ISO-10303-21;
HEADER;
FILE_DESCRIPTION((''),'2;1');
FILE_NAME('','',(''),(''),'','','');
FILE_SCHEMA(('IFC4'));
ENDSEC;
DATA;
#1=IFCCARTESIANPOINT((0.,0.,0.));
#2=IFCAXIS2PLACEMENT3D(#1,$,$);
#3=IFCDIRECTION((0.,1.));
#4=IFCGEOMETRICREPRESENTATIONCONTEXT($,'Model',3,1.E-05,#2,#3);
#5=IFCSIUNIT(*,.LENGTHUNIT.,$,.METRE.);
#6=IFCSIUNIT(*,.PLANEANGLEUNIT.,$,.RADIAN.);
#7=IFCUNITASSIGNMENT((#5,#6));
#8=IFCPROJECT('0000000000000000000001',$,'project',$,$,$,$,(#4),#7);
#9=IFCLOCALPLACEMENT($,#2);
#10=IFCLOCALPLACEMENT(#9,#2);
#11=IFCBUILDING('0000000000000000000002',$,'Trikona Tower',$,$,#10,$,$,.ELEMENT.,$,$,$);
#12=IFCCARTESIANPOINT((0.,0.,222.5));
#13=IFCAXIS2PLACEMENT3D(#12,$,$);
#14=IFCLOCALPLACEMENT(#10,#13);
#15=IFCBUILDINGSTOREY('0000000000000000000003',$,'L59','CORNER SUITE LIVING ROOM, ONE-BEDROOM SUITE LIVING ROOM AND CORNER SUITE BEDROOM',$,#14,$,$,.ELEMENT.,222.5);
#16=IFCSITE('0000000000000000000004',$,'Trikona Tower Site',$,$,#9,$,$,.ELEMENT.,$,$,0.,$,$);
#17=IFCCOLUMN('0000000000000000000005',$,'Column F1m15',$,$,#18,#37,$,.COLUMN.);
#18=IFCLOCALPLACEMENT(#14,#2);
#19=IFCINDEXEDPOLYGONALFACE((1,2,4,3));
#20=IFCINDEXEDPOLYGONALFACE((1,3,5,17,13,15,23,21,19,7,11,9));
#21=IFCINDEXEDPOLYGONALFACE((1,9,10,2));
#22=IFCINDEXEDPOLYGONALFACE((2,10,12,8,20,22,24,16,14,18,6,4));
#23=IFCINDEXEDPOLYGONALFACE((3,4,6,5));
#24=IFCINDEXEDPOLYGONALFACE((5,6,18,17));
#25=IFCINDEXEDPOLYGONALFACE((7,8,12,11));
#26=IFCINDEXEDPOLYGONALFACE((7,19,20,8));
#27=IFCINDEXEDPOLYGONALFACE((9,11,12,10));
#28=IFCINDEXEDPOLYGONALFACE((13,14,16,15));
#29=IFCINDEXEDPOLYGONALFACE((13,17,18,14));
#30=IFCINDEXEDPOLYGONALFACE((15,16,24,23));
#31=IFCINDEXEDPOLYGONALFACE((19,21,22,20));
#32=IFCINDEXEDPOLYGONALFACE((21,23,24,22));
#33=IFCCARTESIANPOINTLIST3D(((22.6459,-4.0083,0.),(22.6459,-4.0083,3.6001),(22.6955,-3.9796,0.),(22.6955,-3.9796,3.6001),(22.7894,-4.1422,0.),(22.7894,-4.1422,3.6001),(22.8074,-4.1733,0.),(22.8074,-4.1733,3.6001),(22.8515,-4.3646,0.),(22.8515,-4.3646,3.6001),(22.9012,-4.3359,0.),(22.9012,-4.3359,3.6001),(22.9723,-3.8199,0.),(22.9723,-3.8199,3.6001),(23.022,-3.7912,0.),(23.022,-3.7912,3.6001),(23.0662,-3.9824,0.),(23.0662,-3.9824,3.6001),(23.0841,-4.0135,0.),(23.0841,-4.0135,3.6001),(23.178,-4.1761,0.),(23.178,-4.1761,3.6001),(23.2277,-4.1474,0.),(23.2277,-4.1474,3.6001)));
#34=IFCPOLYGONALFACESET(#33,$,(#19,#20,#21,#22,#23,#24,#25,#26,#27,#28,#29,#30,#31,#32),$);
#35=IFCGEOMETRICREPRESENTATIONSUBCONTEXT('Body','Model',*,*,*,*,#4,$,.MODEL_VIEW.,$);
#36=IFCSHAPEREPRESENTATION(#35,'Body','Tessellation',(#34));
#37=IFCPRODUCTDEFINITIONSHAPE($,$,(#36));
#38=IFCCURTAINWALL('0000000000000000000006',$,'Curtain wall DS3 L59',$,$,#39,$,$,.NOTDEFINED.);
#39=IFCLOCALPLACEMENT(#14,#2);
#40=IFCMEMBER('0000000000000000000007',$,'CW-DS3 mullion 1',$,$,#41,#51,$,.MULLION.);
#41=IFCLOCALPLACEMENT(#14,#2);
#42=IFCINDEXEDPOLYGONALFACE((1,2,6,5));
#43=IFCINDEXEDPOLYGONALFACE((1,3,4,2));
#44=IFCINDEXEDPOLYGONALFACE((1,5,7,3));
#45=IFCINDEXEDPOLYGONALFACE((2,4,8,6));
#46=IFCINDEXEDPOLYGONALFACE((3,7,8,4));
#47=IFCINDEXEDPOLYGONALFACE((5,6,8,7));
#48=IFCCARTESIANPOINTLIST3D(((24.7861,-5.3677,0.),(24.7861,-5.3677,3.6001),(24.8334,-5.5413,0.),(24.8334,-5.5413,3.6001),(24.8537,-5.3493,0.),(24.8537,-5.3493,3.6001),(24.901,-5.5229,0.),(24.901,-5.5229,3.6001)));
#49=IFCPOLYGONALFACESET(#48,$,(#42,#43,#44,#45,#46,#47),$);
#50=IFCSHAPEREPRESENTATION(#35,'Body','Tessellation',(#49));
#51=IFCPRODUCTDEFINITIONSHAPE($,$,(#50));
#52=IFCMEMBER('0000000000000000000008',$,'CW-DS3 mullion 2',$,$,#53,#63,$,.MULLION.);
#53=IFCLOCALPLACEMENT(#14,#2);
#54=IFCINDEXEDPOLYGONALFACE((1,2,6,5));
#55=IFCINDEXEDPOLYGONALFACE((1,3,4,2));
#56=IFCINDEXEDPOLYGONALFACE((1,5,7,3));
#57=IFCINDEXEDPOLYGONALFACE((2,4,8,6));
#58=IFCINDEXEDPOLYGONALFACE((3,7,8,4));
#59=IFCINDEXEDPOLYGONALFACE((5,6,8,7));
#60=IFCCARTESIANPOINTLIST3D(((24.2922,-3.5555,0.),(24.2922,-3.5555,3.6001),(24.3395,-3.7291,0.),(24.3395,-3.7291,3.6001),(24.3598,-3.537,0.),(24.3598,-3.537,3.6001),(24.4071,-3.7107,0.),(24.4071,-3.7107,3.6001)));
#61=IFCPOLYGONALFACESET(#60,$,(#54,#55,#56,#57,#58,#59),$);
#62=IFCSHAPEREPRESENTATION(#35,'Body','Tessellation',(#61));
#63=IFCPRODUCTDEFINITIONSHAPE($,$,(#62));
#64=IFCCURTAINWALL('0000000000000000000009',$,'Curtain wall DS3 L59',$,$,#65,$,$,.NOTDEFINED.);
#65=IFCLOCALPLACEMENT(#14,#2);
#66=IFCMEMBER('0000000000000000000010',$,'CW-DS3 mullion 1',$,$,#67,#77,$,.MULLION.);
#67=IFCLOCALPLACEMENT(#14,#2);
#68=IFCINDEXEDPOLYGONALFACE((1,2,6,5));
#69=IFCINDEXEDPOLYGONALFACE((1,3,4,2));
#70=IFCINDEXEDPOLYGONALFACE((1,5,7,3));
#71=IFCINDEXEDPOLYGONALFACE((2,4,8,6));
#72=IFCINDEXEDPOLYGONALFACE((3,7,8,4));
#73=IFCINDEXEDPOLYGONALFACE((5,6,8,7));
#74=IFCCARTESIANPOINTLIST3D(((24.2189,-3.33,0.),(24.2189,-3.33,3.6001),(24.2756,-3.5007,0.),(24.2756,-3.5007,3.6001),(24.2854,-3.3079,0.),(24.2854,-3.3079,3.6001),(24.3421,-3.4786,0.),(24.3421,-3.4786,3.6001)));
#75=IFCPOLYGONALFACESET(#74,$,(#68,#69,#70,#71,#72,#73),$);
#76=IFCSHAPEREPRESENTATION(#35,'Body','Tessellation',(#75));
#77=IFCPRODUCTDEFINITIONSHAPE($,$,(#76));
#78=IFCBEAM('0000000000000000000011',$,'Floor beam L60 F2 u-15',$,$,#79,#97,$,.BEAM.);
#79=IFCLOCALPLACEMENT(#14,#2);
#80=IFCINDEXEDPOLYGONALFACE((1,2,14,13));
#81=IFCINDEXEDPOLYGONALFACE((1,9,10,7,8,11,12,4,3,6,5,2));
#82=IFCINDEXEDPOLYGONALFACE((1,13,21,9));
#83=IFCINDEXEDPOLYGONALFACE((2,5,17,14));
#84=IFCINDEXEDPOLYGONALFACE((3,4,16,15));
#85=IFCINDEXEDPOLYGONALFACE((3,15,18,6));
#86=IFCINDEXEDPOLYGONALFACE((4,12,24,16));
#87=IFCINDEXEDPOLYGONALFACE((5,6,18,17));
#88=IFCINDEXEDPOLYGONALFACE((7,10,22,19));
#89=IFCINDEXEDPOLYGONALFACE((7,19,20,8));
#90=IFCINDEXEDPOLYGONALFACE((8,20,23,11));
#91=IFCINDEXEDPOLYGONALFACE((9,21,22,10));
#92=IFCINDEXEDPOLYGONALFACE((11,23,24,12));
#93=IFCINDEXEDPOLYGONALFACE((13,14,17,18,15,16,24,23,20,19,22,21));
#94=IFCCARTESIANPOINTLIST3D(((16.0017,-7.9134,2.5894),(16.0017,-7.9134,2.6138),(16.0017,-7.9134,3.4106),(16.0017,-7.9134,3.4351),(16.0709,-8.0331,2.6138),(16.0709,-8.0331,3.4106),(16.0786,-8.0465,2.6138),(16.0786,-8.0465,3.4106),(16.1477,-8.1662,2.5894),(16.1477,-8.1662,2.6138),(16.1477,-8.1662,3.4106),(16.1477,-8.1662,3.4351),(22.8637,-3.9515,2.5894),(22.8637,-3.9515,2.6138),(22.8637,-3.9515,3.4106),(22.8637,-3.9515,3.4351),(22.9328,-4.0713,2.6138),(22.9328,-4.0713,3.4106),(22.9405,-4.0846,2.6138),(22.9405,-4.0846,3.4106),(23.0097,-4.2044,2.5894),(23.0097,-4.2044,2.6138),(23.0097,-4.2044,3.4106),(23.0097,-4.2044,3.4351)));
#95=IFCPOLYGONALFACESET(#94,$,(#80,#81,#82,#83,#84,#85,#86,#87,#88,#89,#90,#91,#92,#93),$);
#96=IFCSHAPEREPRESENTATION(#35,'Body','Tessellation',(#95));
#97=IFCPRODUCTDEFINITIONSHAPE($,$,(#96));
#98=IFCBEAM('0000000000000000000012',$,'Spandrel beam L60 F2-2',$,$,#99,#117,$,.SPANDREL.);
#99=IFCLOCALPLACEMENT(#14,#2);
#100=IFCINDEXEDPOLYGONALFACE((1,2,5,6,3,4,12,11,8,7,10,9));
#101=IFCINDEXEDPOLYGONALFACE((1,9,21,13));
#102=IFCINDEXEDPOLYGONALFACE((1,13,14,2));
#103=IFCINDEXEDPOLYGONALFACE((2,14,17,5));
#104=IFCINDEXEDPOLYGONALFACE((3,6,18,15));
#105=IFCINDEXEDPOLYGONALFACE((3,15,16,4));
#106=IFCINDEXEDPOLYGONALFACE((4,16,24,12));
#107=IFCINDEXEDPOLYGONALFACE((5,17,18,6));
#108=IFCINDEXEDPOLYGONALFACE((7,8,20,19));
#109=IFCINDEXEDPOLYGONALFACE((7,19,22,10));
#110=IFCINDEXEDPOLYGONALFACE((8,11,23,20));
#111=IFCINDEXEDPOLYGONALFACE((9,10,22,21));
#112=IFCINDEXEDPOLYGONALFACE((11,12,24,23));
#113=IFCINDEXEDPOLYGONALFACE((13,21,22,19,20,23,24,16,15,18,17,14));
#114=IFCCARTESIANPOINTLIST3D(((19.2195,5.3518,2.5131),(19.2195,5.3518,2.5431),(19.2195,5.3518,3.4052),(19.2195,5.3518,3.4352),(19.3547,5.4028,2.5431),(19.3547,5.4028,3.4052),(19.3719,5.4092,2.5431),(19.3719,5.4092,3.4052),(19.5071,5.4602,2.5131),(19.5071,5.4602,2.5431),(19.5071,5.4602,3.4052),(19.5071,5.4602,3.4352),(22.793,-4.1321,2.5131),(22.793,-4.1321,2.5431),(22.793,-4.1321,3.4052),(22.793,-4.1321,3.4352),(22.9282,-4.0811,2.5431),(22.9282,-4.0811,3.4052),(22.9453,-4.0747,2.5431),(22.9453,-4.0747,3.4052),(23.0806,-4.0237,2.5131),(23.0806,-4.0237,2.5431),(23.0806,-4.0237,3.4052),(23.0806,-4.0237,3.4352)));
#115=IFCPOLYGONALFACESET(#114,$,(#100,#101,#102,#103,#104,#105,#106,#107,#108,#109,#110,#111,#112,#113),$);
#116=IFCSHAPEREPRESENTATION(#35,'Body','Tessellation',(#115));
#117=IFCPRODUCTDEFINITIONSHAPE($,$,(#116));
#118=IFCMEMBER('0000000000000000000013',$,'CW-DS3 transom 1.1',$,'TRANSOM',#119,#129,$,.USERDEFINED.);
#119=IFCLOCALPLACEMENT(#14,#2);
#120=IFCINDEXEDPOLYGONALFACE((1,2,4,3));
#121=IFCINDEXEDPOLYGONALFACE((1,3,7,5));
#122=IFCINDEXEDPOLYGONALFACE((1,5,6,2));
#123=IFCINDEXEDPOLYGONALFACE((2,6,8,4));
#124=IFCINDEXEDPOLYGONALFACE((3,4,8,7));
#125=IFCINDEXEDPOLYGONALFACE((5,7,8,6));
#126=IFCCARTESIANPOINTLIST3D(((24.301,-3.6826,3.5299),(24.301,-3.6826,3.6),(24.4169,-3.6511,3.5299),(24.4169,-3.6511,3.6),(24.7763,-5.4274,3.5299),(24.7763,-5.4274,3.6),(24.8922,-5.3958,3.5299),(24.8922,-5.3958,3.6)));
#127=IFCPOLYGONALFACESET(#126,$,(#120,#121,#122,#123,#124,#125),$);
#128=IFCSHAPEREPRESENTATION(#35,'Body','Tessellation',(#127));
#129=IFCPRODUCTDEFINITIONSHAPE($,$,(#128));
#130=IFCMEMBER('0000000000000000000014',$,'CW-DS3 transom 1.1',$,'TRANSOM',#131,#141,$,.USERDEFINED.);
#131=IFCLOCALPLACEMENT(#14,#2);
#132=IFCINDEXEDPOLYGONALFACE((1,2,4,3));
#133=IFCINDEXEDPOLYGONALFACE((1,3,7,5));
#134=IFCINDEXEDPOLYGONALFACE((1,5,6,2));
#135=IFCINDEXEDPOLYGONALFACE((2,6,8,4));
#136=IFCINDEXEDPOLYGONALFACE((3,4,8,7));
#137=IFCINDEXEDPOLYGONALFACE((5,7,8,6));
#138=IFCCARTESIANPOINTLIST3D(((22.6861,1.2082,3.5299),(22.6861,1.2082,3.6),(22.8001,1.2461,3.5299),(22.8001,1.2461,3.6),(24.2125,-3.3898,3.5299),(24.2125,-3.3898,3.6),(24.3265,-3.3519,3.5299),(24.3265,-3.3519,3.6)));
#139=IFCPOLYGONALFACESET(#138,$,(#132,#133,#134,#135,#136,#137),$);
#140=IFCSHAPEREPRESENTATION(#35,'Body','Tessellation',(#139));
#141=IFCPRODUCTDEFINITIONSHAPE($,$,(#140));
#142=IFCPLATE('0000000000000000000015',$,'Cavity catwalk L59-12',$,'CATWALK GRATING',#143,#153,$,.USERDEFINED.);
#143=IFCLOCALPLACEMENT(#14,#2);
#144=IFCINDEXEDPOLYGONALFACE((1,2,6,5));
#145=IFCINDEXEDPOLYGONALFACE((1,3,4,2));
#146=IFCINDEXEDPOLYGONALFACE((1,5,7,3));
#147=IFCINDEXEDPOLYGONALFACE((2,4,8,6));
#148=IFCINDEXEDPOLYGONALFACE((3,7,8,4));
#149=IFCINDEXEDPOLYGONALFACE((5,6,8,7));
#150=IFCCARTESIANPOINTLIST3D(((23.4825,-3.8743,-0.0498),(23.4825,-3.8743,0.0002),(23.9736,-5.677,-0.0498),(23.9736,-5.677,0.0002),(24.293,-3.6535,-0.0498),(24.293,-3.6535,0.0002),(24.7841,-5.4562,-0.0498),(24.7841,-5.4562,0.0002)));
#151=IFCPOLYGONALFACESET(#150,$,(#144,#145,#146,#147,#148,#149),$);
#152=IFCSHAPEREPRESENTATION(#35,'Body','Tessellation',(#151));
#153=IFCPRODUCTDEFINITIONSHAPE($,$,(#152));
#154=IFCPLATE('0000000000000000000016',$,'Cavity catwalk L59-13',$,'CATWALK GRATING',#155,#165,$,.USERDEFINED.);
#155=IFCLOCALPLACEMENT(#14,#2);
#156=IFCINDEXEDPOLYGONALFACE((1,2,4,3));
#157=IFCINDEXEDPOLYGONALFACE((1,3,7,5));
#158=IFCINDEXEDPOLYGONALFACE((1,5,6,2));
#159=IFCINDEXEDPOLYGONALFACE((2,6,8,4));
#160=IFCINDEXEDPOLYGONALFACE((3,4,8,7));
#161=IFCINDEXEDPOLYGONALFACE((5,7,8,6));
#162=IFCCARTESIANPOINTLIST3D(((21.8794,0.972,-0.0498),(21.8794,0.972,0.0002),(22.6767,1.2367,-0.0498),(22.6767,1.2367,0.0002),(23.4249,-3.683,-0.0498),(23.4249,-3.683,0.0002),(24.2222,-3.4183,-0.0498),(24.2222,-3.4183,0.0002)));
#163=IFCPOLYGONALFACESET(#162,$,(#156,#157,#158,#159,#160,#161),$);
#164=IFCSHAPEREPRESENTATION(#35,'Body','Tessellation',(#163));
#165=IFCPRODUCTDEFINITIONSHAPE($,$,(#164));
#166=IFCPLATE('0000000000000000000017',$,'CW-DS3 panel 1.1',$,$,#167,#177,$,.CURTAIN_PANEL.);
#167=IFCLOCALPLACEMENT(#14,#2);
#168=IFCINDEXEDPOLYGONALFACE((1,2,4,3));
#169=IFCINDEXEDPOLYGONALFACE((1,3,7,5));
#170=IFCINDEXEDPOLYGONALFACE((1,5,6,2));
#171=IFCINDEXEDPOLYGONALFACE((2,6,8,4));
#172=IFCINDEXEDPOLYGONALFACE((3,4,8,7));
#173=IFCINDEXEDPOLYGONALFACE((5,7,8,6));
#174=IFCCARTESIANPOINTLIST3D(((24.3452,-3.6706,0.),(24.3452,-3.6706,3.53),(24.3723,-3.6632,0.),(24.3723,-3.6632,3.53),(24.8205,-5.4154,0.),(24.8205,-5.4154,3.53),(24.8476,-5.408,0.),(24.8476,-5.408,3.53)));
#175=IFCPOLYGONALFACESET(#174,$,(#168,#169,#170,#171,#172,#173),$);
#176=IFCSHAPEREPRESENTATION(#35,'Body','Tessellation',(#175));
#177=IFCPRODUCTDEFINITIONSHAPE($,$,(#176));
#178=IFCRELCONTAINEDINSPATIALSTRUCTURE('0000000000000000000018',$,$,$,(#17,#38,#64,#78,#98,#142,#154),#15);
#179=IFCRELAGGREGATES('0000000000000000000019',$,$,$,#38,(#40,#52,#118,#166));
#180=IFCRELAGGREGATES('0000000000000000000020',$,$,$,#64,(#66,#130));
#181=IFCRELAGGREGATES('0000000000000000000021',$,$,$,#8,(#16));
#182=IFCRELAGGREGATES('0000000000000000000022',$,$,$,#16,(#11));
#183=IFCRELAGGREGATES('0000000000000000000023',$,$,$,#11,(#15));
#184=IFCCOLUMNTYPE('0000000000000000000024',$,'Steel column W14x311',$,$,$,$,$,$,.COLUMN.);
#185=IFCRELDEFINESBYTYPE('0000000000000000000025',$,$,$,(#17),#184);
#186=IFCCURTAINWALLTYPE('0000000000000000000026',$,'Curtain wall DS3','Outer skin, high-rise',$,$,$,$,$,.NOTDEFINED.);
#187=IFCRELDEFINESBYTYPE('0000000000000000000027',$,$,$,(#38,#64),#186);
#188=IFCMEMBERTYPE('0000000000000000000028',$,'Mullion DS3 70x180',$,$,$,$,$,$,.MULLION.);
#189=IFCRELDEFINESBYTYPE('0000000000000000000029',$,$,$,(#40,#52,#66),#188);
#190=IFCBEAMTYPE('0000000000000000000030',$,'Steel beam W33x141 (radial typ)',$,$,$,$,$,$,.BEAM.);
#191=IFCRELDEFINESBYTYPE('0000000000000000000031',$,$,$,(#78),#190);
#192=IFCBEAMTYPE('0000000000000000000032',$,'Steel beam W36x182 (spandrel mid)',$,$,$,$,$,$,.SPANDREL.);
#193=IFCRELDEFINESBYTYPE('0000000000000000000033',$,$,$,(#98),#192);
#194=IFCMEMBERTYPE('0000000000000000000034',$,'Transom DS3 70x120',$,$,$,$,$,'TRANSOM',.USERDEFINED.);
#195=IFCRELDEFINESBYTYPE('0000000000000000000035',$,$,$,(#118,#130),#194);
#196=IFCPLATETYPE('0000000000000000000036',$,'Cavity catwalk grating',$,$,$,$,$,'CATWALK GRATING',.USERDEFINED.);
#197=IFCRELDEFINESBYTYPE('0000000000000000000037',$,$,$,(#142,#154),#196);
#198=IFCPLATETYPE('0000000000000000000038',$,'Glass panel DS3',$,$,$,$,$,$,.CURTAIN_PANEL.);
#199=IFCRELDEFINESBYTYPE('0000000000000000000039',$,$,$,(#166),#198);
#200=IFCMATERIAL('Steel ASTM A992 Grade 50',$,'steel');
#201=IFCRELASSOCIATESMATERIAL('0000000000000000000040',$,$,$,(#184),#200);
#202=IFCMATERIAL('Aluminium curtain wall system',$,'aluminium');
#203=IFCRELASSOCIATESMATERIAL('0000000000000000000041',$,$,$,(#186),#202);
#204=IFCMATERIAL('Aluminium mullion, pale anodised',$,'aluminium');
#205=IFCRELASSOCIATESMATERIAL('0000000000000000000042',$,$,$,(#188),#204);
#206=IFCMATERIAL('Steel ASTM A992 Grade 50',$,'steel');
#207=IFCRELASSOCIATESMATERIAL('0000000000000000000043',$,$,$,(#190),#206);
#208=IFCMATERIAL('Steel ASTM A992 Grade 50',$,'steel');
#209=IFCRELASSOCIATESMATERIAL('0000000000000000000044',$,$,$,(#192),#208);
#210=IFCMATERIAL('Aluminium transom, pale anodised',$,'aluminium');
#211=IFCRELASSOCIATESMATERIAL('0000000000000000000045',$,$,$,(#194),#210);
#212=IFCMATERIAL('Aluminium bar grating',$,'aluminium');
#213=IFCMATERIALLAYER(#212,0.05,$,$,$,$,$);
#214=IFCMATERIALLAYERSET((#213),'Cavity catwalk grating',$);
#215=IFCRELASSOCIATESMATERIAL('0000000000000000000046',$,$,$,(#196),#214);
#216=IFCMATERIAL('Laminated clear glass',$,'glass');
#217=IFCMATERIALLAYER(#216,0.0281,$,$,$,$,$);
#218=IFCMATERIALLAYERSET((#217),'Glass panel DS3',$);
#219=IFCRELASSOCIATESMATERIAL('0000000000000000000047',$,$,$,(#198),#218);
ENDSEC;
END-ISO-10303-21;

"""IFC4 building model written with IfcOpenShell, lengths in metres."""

from ifc_helpers import new_model, si_unit, direction, frame, origin, origin_2d, place, context, subcontext, project, spatial, rectangle, i_section, extrude, material, layer, layer_set, material_profile, profile_set, type_object, element, aggregate, save


model = new_model("IFC4")

# Units and contexts
model_context = context("Model", 3, precision=1e-05, world=origin(), true_north=direction((0.0, 1.0)))
body_context = subcontext(model_context, "Body", "Model", "MODEL_VIEW")
ifc_project = project(units=[si_unit("LENGTHUNIT", "METRE"), si_unit("PLANEANGLEUNIT", "RADIAN")], contexts=[model_context])

# Site, building, storey
site_placement = place(None, origin())
site = spatial("IfcSite", under=ifc_project, at=site_placement, Name="Trikona Tower Site", CompositionType="ELEMENT", RefElevation=0.0)
building_placement = place(site_placement, origin())
building = spatial("IfcBuilding", under=site, at=building_placement, Name="Trikona Tower", CompositionType="ELEMENT")
storey_placement = place(building_placement, frame((0.0, 0.0, 222.5)))
storey = spatial("IfcBuildingStorey", under=building, at=storey_placement, Name="L59", Description="CORNER SUITE LIVING ROOM, ONE-BEDROOM SUITE LIVING ROOM AND CORNER SUITE BEDROOM", CompositionType="ELEMENT", Elevation=222.5)

# Column
ifc_material_1 = material(Name="Steel ASTM A992 Grade 50", Category="steel")
ifc_material_profile_1 = material_profile(ifc_material_1, i_section(OverallWidth=0.4114, OverallDepth=0.4343, WebThickness=0.0359, FlangeThickness=0.0574, at=origin_2d()), Name="W14X311")
ifc_profile_set_1 = profile_set([ifc_material_profile_1], Name="Steel ASTM A992 Grade 50")
column_type = type_object("IfcColumnType", Name="Steel column W14x311", PredefinedType="COLUMN", material=ifc_profile_set_1)
column_placement = place(storey_placement, frame((22.9368, -4.0779, 0.0), z_axis=(0.0, 0.0, 1.0), x_axis=(-0.5, 0.866025, 0.0)))
element("IfcColumn", 1, at=column_placement, inside=storey, type_object=column_type, Name="Column F1m15", PredefinedType="COLUMN", context=body_context, shape_type="SweptSolid", body=[
    extrude(i_section(OverallWidth=0.4114, OverallDepth=0.4343, WebThickness=0.0359, FlangeThickness=0.0574, at=origin_2d()), origin(), (0.0, 0.0, 1.0), 3.6001),
])

# Curtain wall, members
ifc_material_2 = material(Name="Aluminium curtain wall system", Category="aluminium")
curtain_wall_type = type_object("IfcCurtainWallType", Name="Curtain wall DS3", Description="Outer skin, high-rise", PredefinedType="NOTDEFINED", material=ifc_material_2)
curtain_wall_1_placement = place(storey_placement, origin())
curtain_wall_1 = element("IfcCurtainWall", 2, at=curtain_wall_1_placement, inside=storey, type_object=curtain_wall_type, Name="Curtain wall DS3 L59", PredefinedType="NOTDEFINED")
ifc_material_3 = material(Name="Aluminium mullion, pale anodised", Category="aluminium")
ifc_material_profile_2 = material_profile(ifc_material_3, rectangle(XDim=0.0701, YDim=0.1799, at=origin_2d()), Name="MUL-DS3")
ifc_profile_set_2 = profile_set([ifc_material_profile_2], Name="Aluminium mullion, pale anodised")
member_type_1 = type_object("IfcMemberType", Name="Mullion DS3 70x180", PredefinedType="MULLION", material=ifc_profile_set_2)
member_1_placement = place(storey_placement, frame((24.8435, -5.4453, 0.0), z_axis=(0.0, 0.0, 1.0), x_axis=(-0.964838, -0.262844, 0.0)))
member_1 = element("IfcMember", 3, at=member_1_placement, type_object=member_type_1, Name="CW-DS3 mullion 1", PredefinedType="MULLION", context=body_context, shape_type="SweptSolid", body=[
    extrude(rectangle(XDim=0.0701, YDim=0.1799, at=origin_2d()), origin(), (0.0, 0.0, 1.0), 3.6001),
])
member_2_placement = place(storey_placement, frame((24.3496, -3.6331, 0.0), z_axis=(0.0, 0.0, 1.0), x_axis=(-0.964838, -0.262844, 0.0)))
member_2 = element("IfcMember", 4, at=member_2_placement, type_object=member_type_1, Name="CW-DS3 mullion 2", PredefinedType="MULLION", context=body_context, shape_type="SweptSolid", body=[
    extrude(rectangle(XDim=0.0701, YDim=0.1799, at=origin_2d()), origin(), (0.0, 0.0, 1.0), 3.6001),
])

# Curtain wall, member
curtain_wall_2_placement = place(storey_placement, origin())
curtain_wall_2 = element("IfcCurtainWall", 5, at=curtain_wall_2_placement, inside=storey, type_object=curtain_wall_type, Name="Curtain wall DS3 L59", PredefinedType="NOTDEFINED")
member_3_placement = place(storey_placement, frame((24.2805, -3.4043, 0.0), z_axis=(0.0, 0.0, 1.0), x_axis=(-0.949066, -0.315078, 0.0)))
member_3 = element("IfcMember", 6, at=member_3_placement, type_object=member_type_1, Name="CW-DS3 mullion 1", PredefinedType="MULLION", context=body_context, shape_type="SweptSolid", body=[
    extrude(rectangle(XDim=0.0701, YDim=0.1799, at=origin_2d()), origin(), (0.0, 0.0, 1.0), 3.6001),
])

# Beams
ifc_material_4 = material(Name="Steel ASTM A992 Grade 50", Category="steel")
ifc_material_profile_3 = material_profile(ifc_material_4, i_section(OverallWidth=0.292, OverallDepth=0.8457, WebThickness=0.0154, FlangeThickness=0.0244, at=origin_2d()), Name="W33X141")
ifc_profile_set_3 = profile_set([ifc_material_profile_3], Name="Steel ASTM A992 Grade 50")
beam_type_1 = type_object("IfcBeamType", Name="Steel beam W33x141 (radial typ)", PredefinedType="BEAM", material=ifc_profile_set_3)
beam_1_placement = place(storey_placement, frame((16.0747, -8.0398, 3.0122), z_axis=(0.86602, 0.50001, 0.0), x_axis=(-0.50001, 0.86602, 0.0)))
element("IfcBeam", 7, at=beam_1_placement, inside=storey, type_object=beam_type_1, Name="Floor beam L60 F2 u-15", PredefinedType="BEAM", context=body_context, shape_type="SweptSolid", body=[
    extrude(i_section(OverallWidth=0.292, OverallDepth=0.8457, WebThickness=0.0154, FlangeThickness=0.0244, at=origin_2d()), origin(), (0.0, 0.0, 1.0), 7.9236),
])
ifc_material_5 = material(Name="Steel ASTM A992 Grade 50", Category="steel")
ifc_material_profile_4 = material_profile(ifc_material_5, i_section(OverallWidth=0.3074, OverallDepth=0.9221, WebThickness=0.0183, FlangeThickness=0.03, at=origin_2d()), Name="W36X182")
ifc_profile_set_4 = profile_set([ifc_material_profile_4], Name="Steel ASTM A992 Grade 50")
beam_type_2 = type_object("IfcBeamType", Name="Steel beam W36x182 (spandrel mid)", PredefinedType="SPANDREL", material=ifc_profile_set_4)
beam_2_placement = place(storey_placement, frame((22.9368, -4.0779, 2.9741), z_axis=(-0.352596, 0.935776, 0.0), x_axis=(-0.935776, -0.352596, 0.0)))
element("IfcBeam", 8, at=beam_2_placement, inside=storey, type_object=beam_type_2, Name="Spandrel beam L60 F2-2", PredefinedType="SPANDREL", context=body_context, shape_type="SweptSolid", body=[
    extrude(i_section(OverallWidth=0.3074, OverallDepth=0.9221, WebThickness=0.0183, FlangeThickness=0.03, at=origin_2d()), origin(), (0.0, 0.0, 1.0), 10.1348),
])

# Members
ifc_material_6 = material(Name="Aluminium transom, pale anodised", Category="aluminium")
ifc_material_profile_5 = material_profile(ifc_material_6, rectangle(XDim=0.1201, YDim=0.0701, at=origin_2d()), Name="TRN-DS3")
ifc_profile_set_5 = profile_set([ifc_material_profile_5], Name="Aluminium transom, pale anodised")
member_type_2 = type_object("IfcMemberType", Name="Transom DS3 70x120", ElementType="TRANSOM", PredefinedType="USERDEFINED", material=ifc_profile_set_5)
member_4_placement = place(storey_placement, frame((24.8342, -5.4116, 3.5649), z_axis=(-0.262843, 0.964839, 0.0), x_axis=(-0.964839, -0.262843, 0.0)))
member_4 = element("IfcMember", 9, at=member_4_placement, type_object=member_type_2, Name="CW-DS3 transom 1.1", ObjectType="TRANSOM", PredefinedType="USERDEFINED", context=body_context, shape_type="SweptSolid", body=[
    extrude(rectangle(XDim=0.1201, YDim=0.0701, at=origin_2d()), origin(), (0.0, 0.0, 1.0), 1.8083),
])
member_5_placement = place(storey_placement, frame((24.2695, -3.3708, 3.5649), z_axis=(-0.315063, 0.949071, 0.0), x_axis=(-0.949071, -0.315063, 0.0)))
member_5 = element("IfcMember", 10, at=member_5_placement, type_object=member_type_2, Name="CW-DS3 transom 1.1", ObjectType="TRANSOM", PredefinedType="USERDEFINED", context=body_context, shape_type="SweptSolid", body=[
    extrude(rectangle(XDim=0.1201, YDim=0.0701, at=origin_2d()), origin(), (0.0, 0.0, 1.0), 4.8447),
])

# Plates
ifc_material_7 = material(Name="Aluminium bar grating", Category="aluminium")
ifc_layer_1 = layer(ifc_material_7, 0.05)
ifc_layer_set_1 = layer_set([ifc_layer_1], Name="Cavity catwalk grating")
plate_type_1 = type_object("IfcPlateType", Name="Cavity catwalk grating", ElementType="CATWALK GRATING", PredefinedType="USERDEFINED", material=ifc_layer_set_1)
plate_1_placement = place(storey_placement, frame((24.1333, -4.6653, -0.0498), z_axis=(0.0, 0.0, 1.0), x_axis=(-0.262822, 0.964844, 0.0)))
element("IfcPlate", 11, at=plate_1_placement, inside=storey, type_object=plate_type_1, Name="Cavity catwalk L59-12", ObjectType="CATWALK GRATING", PredefinedType="USERDEFINED", context=body_context, shape_type="SweptSolid", body=[
    extrude(rectangle(XDim=1.8684, YDim=0.8401, at=origin_2d()), origin(), (0.0, 0.0, 1.0), 0.05),
])
plate_2_placement = place(storey_placement, frame((23.0508, -1.2231, -0.0498), z_axis=(0.0, 0.0, 1.0), x_axis=(-0.315093, 0.949061, 0.0)))
element("IfcPlate", 12, at=plate_2_placement, inside=storey, type_object=plate_type_1, Name="Cavity catwalk L59-13", ObjectType="CATWALK GRATING", PredefinedType="USERDEFINED", context=body_context, shape_type="SweptSolid", body=[
    extrude(rectangle(XDim=4.9048, YDim=0.8401, at=origin_2d()), origin(), (0.0, 0.0, 1.0), 0.05),
])

# Plate
ifc_material_8 = material(Name="Laminated clear glass", Category="glass")
ifc_layer_2 = layer(ifc_material_8, 0.0281)
ifc_layer_set_2 = layer_set([ifc_layer_2], Name="Glass panel DS3")
plate_type_2 = type_object("IfcPlateType", Name="Glass panel DS3", PredefinedType="CURTAIN_PANEL", material=ifc_layer_set_2)
plate_3_placement = place(storey_placement, frame((24.5964, -4.5393, 0.0), z_axis=(0.0, 0.0, 1.0), x_axis=(-0.262844, 0.964838, 0.0)))
plate_3 = element("IfcPlate", 13, at=plate_3_placement, type_object=plate_type_2, Name="CW-DS3 panel 1.1", PredefinedType="CURTAIN_PANEL", context=body_context, shape_type="SweptSolid", body=[
    extrude(rectangle(XDim=1.8083, YDim=0.0281, at=origin_2d()), origin(), (0.0, 0.0, 1.0), 3.53),
])
aggregate(curtain_wall_1, [member_1, member_2, member_4, plate_3])
aggregate(curtain_wall_2, [member_3, member_5])

save(model, "model.ifc")
